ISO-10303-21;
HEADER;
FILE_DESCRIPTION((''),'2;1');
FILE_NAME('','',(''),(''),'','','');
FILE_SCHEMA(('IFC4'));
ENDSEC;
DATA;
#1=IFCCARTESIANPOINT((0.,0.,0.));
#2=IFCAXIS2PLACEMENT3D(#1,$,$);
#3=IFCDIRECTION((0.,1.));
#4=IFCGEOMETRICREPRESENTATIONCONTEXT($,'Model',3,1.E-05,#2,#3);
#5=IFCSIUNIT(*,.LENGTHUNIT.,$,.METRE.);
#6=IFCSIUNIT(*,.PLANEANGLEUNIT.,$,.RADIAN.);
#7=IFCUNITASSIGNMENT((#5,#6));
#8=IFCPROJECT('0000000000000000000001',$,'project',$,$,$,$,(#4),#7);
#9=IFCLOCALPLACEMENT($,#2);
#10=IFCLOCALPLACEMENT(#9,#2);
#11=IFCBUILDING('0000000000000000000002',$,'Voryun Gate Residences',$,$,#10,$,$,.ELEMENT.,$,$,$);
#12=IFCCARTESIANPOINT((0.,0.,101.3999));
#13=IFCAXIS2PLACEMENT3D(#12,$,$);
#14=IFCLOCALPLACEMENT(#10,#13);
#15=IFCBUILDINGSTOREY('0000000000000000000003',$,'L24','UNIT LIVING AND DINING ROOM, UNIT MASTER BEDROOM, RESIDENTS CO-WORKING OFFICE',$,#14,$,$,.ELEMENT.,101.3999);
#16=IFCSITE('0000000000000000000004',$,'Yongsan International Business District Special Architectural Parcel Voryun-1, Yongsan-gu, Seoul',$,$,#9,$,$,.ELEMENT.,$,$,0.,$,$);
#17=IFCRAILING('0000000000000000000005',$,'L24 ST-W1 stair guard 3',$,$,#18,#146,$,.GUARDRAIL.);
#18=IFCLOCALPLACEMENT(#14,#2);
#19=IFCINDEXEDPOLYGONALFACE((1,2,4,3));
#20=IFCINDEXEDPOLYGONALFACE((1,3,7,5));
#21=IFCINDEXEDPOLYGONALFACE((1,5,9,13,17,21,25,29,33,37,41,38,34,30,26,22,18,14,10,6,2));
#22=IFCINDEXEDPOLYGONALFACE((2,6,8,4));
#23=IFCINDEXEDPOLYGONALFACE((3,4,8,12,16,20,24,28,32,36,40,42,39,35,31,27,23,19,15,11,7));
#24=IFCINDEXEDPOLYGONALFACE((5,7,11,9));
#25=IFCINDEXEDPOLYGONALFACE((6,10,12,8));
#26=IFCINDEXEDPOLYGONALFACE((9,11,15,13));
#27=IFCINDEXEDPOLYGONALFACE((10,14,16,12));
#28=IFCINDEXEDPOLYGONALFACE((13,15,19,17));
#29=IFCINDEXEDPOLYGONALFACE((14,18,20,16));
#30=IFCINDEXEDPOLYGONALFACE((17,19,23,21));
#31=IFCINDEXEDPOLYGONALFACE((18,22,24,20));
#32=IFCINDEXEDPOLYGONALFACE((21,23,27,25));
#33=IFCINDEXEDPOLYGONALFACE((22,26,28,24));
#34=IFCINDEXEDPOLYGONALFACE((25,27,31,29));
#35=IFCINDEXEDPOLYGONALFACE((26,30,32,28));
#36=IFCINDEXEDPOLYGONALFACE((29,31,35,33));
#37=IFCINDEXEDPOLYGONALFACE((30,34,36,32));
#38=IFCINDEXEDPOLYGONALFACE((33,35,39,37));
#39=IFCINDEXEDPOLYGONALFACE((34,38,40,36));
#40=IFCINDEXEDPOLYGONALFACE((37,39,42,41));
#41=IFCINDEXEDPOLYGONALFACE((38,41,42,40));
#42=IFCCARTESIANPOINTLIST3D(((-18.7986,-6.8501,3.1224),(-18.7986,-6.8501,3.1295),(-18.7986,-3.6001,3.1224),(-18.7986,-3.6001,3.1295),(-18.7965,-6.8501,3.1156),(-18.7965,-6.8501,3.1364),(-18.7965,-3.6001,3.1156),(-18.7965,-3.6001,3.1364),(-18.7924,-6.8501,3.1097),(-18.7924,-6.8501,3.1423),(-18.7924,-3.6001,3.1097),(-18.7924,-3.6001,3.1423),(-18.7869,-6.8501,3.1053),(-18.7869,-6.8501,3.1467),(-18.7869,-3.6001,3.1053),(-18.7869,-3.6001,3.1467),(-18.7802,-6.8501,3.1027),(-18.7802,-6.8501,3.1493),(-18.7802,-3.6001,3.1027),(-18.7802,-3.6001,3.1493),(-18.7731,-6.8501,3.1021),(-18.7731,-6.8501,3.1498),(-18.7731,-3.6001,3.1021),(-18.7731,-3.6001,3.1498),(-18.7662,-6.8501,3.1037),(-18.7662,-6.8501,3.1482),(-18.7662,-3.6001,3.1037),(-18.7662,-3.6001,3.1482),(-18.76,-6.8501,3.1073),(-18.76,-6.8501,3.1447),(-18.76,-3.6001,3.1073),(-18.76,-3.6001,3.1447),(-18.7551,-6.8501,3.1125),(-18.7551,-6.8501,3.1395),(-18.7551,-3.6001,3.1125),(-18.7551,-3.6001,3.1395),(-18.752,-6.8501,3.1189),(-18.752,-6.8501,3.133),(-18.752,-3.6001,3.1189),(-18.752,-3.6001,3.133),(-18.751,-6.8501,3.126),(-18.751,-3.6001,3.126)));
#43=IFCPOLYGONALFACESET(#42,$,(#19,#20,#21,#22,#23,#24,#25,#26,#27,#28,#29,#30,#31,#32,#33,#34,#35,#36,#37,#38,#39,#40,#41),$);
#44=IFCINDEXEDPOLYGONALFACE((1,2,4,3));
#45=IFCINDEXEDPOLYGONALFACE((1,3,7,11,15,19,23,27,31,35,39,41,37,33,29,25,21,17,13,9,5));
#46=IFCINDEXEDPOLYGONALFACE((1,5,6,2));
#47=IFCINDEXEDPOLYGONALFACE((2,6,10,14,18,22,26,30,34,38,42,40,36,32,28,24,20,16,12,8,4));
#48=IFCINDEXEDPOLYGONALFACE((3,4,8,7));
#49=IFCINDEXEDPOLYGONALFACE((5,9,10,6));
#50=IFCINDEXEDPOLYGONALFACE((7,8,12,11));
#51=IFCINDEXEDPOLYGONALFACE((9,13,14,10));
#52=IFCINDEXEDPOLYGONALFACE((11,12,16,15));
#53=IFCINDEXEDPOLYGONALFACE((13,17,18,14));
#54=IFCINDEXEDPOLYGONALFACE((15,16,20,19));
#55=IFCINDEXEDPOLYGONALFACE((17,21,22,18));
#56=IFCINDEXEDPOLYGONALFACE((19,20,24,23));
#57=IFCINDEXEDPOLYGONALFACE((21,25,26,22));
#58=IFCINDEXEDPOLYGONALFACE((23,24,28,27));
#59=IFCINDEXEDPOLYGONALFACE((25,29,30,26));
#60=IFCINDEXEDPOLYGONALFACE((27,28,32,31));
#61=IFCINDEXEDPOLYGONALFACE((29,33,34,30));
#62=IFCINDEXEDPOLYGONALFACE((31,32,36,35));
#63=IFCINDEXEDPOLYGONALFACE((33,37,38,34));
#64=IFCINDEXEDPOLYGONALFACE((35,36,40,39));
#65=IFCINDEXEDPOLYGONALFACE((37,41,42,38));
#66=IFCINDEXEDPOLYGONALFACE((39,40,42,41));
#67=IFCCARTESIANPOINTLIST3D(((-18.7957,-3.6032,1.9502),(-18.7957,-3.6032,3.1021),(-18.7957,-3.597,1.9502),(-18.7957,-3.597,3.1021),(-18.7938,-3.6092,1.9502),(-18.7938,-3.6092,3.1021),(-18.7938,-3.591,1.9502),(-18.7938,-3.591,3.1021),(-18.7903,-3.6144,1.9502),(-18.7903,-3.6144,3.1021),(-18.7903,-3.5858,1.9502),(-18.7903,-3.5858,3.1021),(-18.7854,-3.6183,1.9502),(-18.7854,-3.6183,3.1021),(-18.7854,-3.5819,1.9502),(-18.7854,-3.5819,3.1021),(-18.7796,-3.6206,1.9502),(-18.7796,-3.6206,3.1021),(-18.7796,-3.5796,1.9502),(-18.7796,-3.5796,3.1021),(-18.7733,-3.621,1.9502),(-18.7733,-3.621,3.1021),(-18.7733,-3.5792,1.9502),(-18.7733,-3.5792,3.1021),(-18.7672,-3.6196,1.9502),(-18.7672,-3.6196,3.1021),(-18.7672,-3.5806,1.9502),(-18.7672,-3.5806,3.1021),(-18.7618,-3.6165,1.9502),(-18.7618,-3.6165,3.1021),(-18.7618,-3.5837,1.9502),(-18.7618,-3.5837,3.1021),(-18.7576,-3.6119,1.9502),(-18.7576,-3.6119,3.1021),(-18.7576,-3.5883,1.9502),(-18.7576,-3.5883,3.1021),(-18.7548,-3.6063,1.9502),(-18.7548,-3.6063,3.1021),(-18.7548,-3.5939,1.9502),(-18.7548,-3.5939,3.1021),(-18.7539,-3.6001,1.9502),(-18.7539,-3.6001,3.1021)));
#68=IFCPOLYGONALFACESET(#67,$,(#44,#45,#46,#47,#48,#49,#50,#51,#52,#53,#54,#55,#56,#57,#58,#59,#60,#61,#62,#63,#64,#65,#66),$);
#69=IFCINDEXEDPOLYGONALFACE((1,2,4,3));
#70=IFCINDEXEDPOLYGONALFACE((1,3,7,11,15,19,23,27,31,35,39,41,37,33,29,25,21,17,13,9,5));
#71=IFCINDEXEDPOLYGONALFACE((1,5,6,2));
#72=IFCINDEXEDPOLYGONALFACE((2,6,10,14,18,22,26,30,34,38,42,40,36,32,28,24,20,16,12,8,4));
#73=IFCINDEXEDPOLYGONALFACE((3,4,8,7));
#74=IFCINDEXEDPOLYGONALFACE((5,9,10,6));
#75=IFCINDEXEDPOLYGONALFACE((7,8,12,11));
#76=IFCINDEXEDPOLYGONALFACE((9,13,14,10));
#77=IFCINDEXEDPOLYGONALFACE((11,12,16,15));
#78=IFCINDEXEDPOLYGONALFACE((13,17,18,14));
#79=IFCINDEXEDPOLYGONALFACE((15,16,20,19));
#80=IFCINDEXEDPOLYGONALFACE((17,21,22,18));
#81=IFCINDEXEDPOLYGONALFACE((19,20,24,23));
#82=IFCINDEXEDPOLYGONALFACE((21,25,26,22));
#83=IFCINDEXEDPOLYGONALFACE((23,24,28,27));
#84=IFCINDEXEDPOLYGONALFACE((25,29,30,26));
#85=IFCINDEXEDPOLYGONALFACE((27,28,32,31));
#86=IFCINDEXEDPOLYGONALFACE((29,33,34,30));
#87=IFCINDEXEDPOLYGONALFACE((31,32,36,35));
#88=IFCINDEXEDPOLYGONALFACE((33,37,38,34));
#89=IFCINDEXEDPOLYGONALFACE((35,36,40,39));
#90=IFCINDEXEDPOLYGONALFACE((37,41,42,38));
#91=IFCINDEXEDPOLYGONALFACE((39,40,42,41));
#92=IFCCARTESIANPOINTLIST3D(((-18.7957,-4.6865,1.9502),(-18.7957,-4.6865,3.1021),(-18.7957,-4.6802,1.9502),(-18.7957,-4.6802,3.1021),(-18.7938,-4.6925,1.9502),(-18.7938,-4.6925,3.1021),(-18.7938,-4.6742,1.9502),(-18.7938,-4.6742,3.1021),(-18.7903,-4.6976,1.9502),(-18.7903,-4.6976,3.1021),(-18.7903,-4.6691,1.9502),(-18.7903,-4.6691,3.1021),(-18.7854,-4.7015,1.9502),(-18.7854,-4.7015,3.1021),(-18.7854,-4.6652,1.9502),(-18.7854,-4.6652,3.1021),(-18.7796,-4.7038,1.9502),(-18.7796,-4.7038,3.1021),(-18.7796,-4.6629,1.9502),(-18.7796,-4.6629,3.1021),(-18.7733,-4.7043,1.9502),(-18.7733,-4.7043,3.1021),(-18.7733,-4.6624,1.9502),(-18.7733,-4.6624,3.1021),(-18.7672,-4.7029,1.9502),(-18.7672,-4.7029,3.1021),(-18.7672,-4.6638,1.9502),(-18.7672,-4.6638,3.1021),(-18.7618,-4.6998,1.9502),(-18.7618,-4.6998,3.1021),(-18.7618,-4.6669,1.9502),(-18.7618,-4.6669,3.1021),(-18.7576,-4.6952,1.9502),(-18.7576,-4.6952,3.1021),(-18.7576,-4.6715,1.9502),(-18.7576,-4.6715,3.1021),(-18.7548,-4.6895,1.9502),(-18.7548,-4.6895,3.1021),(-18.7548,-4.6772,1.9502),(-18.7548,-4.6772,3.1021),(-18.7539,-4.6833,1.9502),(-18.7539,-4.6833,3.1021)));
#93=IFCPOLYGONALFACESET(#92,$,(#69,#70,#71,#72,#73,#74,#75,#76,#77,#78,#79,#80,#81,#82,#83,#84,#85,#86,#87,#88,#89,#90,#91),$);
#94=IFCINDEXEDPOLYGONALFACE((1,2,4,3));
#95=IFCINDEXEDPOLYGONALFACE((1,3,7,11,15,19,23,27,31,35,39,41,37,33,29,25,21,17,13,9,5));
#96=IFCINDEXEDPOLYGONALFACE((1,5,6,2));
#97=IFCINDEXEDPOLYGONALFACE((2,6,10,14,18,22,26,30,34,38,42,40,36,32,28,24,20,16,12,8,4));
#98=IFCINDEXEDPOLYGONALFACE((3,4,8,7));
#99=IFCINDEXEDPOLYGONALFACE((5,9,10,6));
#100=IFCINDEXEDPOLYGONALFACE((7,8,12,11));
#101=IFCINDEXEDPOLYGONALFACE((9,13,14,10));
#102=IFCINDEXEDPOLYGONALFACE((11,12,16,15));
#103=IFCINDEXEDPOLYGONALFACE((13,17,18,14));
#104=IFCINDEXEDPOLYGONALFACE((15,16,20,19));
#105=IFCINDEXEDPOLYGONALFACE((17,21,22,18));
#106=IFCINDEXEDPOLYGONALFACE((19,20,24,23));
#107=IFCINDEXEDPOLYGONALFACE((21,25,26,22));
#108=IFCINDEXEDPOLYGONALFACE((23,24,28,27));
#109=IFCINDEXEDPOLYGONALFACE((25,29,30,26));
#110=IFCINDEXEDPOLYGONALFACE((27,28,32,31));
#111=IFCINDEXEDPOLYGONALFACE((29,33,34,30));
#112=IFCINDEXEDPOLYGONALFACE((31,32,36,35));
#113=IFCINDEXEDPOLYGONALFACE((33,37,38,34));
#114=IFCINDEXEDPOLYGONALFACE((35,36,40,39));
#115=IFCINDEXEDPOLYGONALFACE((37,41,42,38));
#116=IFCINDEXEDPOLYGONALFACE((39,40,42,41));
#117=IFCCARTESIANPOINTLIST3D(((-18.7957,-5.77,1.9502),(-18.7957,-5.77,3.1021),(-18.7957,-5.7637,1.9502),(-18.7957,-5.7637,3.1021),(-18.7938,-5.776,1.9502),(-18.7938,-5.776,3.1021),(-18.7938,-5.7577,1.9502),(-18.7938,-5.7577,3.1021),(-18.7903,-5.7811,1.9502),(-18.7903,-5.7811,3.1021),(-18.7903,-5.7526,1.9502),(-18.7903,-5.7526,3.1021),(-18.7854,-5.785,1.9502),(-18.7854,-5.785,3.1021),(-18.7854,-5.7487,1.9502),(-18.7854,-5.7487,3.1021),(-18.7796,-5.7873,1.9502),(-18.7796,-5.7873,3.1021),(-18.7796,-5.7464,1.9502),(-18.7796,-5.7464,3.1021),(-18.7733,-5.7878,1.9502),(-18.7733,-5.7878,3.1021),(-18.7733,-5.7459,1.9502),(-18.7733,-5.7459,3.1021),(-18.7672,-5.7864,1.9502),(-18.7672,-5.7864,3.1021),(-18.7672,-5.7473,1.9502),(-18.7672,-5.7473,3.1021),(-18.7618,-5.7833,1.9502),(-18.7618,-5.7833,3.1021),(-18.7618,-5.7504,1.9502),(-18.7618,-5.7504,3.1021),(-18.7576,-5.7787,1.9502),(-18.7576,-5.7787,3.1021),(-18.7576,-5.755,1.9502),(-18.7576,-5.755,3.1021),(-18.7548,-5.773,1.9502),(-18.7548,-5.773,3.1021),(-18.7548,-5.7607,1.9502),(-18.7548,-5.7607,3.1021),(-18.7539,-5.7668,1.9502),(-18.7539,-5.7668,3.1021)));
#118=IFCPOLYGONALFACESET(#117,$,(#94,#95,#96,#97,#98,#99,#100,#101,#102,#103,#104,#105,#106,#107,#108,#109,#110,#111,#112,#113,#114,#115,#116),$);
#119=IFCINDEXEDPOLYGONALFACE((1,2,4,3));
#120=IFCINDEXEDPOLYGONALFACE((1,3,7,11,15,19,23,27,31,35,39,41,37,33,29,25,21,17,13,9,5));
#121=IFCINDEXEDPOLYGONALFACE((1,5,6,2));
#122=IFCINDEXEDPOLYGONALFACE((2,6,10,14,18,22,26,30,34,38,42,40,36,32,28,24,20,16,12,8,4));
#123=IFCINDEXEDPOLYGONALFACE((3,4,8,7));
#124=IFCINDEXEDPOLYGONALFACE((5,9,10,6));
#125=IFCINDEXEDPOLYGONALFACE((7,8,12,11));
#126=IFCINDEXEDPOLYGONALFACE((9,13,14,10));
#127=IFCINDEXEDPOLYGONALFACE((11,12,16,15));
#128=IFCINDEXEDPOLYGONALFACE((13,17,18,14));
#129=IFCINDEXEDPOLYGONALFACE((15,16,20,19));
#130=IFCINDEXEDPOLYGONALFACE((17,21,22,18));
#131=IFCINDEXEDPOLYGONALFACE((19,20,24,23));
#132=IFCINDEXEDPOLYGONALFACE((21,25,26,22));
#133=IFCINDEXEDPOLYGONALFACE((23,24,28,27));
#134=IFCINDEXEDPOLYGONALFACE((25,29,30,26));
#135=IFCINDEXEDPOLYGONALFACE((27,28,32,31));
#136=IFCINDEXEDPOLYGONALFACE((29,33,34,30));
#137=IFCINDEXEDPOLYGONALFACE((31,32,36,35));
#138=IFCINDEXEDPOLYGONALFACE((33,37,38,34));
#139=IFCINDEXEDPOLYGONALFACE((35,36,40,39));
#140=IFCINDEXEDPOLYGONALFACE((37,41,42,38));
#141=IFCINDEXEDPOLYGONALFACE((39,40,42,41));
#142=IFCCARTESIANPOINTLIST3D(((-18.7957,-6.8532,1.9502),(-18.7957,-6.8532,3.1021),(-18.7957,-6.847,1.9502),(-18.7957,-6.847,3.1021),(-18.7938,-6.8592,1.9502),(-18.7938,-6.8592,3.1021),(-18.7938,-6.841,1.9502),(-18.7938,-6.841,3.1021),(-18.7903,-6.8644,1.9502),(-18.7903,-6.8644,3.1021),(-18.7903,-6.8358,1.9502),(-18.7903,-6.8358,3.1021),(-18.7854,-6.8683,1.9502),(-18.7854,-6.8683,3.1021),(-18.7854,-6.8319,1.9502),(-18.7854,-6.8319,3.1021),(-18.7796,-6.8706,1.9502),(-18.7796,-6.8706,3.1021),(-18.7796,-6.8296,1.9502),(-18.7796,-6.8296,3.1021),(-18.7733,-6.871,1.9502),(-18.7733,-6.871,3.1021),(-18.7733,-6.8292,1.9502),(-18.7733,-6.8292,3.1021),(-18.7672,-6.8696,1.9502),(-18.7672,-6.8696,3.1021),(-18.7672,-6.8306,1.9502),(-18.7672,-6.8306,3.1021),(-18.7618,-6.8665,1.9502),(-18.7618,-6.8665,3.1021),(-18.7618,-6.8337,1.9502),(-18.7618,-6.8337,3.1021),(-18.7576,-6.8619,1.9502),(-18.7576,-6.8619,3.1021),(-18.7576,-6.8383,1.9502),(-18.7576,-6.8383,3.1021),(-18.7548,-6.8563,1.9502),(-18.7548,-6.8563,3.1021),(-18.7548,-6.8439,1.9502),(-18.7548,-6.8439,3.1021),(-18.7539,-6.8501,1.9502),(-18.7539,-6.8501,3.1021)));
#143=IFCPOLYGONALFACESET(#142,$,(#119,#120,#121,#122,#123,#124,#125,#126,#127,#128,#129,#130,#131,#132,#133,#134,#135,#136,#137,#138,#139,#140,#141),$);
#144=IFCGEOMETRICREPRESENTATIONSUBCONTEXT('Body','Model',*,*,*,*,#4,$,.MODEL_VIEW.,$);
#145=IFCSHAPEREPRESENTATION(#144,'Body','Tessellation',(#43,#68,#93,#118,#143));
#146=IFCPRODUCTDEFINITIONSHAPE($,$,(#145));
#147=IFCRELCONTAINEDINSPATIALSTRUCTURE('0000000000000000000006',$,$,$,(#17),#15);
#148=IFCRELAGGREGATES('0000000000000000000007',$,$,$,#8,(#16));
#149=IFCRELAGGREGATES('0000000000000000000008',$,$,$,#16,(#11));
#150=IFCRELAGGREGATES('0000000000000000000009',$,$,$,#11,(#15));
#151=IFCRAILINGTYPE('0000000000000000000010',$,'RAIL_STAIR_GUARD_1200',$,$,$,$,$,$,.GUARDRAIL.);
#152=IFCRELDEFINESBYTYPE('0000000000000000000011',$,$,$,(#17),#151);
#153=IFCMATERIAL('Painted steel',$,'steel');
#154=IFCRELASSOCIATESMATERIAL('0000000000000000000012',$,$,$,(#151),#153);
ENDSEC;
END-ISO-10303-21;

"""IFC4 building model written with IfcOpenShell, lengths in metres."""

from ifc_helpers import new_model, si_unit, direction, frame, origin, origin_2d, place, context, subcontext, project, spatial, circle, extrude, material, type_object, element, save


model = new_model("IFC4")

# Units and contexts
model_context = context("Model", 3, precision=1e-05, world=origin(), true_north=direction((0.0, 1.0)))
body_context = subcontext(model_context, "Body", "Model", "MODEL_VIEW")
ifc_project = project(units=[si_unit("LENGTHUNIT", "METRE"), si_unit("PLANEANGLEUNIT", "RADIAN")], contexts=[model_context])

# Site, building, storey
site_placement = place(None, origin())
site = spatial("IfcSite", under=ifc_project, at=site_placement, Name="Yongsan International Business District Special Architectural Parcel Voryun-1, Yongsan-gu, Seoul", CompositionType="ELEMENT", RefElevation=0.0)
building_placement = place(site_placement, origin())
building = spatial("IfcBuilding", under=site, at=building_placement, Name="Voryun Gate Residences", CompositionType="ELEMENT")
storey_placement = place(building_placement, frame((0.0, 0.0, 101.3999)))
storey = spatial("IfcBuildingStorey", under=building, at=storey_placement, Name="L24", Description="UNIT LIVING AND DINING ROOM, UNIT MASTER BEDROOM, RESIDENTS CO-WORKING OFFICE", CompositionType="ELEMENT", Elevation=101.3999)

# Railing
ifc_material_1 = material(Name="Painted steel", Category="steel")
railing_type = type_object("IfcRailingType", Name="RAIL_STAIR_GUARD_1200", PredefinedType="GUARDRAIL", material=ifc_material_1)
railing_1_placement = place(storey_placement, frame((-18.7749, -3.6001, 1.9502)))
element("IfcRailing", 1, at=railing_1_placement, inside=storey, type_object=railing_type, Name="L24 ST-W1 stair guard 3", PredefinedType="GUARDRAIL", context=body_context, shape_type="SweptSolid", body=[
    extrude(circle(Radius=0.0239, at=origin_2d()), frame((0.0, 0.0, 1.1758), z_axis=(0.0, -1.0, 0.0), x_axis=(1.0, 0.0, 0.0)), (0.0, 0.0, 1.0), 3.25),
    extrude(circle(Radius=0.021, at=origin_2d()), origin(), (0.0, 0.0, 1.0), 1.1519),
    extrude(circle(Radius=0.021, at=origin_2d()), frame((0.0, -1.0833, 0.0)), (0.0, 0.0, 1.0), 1.1519),
    extrude(circle(Radius=0.021, at=origin_2d()), frame((0.0, -2.1667, 0.0)), (0.0, 0.0, 1.0), 1.1519),
    extrude(circle(Radius=0.021, at=origin_2d()), frame((0.0, -3.25, 0.0)), (0.0, 0.0, 1.0), 1.1519),
])

save(model, "model.ifc")
